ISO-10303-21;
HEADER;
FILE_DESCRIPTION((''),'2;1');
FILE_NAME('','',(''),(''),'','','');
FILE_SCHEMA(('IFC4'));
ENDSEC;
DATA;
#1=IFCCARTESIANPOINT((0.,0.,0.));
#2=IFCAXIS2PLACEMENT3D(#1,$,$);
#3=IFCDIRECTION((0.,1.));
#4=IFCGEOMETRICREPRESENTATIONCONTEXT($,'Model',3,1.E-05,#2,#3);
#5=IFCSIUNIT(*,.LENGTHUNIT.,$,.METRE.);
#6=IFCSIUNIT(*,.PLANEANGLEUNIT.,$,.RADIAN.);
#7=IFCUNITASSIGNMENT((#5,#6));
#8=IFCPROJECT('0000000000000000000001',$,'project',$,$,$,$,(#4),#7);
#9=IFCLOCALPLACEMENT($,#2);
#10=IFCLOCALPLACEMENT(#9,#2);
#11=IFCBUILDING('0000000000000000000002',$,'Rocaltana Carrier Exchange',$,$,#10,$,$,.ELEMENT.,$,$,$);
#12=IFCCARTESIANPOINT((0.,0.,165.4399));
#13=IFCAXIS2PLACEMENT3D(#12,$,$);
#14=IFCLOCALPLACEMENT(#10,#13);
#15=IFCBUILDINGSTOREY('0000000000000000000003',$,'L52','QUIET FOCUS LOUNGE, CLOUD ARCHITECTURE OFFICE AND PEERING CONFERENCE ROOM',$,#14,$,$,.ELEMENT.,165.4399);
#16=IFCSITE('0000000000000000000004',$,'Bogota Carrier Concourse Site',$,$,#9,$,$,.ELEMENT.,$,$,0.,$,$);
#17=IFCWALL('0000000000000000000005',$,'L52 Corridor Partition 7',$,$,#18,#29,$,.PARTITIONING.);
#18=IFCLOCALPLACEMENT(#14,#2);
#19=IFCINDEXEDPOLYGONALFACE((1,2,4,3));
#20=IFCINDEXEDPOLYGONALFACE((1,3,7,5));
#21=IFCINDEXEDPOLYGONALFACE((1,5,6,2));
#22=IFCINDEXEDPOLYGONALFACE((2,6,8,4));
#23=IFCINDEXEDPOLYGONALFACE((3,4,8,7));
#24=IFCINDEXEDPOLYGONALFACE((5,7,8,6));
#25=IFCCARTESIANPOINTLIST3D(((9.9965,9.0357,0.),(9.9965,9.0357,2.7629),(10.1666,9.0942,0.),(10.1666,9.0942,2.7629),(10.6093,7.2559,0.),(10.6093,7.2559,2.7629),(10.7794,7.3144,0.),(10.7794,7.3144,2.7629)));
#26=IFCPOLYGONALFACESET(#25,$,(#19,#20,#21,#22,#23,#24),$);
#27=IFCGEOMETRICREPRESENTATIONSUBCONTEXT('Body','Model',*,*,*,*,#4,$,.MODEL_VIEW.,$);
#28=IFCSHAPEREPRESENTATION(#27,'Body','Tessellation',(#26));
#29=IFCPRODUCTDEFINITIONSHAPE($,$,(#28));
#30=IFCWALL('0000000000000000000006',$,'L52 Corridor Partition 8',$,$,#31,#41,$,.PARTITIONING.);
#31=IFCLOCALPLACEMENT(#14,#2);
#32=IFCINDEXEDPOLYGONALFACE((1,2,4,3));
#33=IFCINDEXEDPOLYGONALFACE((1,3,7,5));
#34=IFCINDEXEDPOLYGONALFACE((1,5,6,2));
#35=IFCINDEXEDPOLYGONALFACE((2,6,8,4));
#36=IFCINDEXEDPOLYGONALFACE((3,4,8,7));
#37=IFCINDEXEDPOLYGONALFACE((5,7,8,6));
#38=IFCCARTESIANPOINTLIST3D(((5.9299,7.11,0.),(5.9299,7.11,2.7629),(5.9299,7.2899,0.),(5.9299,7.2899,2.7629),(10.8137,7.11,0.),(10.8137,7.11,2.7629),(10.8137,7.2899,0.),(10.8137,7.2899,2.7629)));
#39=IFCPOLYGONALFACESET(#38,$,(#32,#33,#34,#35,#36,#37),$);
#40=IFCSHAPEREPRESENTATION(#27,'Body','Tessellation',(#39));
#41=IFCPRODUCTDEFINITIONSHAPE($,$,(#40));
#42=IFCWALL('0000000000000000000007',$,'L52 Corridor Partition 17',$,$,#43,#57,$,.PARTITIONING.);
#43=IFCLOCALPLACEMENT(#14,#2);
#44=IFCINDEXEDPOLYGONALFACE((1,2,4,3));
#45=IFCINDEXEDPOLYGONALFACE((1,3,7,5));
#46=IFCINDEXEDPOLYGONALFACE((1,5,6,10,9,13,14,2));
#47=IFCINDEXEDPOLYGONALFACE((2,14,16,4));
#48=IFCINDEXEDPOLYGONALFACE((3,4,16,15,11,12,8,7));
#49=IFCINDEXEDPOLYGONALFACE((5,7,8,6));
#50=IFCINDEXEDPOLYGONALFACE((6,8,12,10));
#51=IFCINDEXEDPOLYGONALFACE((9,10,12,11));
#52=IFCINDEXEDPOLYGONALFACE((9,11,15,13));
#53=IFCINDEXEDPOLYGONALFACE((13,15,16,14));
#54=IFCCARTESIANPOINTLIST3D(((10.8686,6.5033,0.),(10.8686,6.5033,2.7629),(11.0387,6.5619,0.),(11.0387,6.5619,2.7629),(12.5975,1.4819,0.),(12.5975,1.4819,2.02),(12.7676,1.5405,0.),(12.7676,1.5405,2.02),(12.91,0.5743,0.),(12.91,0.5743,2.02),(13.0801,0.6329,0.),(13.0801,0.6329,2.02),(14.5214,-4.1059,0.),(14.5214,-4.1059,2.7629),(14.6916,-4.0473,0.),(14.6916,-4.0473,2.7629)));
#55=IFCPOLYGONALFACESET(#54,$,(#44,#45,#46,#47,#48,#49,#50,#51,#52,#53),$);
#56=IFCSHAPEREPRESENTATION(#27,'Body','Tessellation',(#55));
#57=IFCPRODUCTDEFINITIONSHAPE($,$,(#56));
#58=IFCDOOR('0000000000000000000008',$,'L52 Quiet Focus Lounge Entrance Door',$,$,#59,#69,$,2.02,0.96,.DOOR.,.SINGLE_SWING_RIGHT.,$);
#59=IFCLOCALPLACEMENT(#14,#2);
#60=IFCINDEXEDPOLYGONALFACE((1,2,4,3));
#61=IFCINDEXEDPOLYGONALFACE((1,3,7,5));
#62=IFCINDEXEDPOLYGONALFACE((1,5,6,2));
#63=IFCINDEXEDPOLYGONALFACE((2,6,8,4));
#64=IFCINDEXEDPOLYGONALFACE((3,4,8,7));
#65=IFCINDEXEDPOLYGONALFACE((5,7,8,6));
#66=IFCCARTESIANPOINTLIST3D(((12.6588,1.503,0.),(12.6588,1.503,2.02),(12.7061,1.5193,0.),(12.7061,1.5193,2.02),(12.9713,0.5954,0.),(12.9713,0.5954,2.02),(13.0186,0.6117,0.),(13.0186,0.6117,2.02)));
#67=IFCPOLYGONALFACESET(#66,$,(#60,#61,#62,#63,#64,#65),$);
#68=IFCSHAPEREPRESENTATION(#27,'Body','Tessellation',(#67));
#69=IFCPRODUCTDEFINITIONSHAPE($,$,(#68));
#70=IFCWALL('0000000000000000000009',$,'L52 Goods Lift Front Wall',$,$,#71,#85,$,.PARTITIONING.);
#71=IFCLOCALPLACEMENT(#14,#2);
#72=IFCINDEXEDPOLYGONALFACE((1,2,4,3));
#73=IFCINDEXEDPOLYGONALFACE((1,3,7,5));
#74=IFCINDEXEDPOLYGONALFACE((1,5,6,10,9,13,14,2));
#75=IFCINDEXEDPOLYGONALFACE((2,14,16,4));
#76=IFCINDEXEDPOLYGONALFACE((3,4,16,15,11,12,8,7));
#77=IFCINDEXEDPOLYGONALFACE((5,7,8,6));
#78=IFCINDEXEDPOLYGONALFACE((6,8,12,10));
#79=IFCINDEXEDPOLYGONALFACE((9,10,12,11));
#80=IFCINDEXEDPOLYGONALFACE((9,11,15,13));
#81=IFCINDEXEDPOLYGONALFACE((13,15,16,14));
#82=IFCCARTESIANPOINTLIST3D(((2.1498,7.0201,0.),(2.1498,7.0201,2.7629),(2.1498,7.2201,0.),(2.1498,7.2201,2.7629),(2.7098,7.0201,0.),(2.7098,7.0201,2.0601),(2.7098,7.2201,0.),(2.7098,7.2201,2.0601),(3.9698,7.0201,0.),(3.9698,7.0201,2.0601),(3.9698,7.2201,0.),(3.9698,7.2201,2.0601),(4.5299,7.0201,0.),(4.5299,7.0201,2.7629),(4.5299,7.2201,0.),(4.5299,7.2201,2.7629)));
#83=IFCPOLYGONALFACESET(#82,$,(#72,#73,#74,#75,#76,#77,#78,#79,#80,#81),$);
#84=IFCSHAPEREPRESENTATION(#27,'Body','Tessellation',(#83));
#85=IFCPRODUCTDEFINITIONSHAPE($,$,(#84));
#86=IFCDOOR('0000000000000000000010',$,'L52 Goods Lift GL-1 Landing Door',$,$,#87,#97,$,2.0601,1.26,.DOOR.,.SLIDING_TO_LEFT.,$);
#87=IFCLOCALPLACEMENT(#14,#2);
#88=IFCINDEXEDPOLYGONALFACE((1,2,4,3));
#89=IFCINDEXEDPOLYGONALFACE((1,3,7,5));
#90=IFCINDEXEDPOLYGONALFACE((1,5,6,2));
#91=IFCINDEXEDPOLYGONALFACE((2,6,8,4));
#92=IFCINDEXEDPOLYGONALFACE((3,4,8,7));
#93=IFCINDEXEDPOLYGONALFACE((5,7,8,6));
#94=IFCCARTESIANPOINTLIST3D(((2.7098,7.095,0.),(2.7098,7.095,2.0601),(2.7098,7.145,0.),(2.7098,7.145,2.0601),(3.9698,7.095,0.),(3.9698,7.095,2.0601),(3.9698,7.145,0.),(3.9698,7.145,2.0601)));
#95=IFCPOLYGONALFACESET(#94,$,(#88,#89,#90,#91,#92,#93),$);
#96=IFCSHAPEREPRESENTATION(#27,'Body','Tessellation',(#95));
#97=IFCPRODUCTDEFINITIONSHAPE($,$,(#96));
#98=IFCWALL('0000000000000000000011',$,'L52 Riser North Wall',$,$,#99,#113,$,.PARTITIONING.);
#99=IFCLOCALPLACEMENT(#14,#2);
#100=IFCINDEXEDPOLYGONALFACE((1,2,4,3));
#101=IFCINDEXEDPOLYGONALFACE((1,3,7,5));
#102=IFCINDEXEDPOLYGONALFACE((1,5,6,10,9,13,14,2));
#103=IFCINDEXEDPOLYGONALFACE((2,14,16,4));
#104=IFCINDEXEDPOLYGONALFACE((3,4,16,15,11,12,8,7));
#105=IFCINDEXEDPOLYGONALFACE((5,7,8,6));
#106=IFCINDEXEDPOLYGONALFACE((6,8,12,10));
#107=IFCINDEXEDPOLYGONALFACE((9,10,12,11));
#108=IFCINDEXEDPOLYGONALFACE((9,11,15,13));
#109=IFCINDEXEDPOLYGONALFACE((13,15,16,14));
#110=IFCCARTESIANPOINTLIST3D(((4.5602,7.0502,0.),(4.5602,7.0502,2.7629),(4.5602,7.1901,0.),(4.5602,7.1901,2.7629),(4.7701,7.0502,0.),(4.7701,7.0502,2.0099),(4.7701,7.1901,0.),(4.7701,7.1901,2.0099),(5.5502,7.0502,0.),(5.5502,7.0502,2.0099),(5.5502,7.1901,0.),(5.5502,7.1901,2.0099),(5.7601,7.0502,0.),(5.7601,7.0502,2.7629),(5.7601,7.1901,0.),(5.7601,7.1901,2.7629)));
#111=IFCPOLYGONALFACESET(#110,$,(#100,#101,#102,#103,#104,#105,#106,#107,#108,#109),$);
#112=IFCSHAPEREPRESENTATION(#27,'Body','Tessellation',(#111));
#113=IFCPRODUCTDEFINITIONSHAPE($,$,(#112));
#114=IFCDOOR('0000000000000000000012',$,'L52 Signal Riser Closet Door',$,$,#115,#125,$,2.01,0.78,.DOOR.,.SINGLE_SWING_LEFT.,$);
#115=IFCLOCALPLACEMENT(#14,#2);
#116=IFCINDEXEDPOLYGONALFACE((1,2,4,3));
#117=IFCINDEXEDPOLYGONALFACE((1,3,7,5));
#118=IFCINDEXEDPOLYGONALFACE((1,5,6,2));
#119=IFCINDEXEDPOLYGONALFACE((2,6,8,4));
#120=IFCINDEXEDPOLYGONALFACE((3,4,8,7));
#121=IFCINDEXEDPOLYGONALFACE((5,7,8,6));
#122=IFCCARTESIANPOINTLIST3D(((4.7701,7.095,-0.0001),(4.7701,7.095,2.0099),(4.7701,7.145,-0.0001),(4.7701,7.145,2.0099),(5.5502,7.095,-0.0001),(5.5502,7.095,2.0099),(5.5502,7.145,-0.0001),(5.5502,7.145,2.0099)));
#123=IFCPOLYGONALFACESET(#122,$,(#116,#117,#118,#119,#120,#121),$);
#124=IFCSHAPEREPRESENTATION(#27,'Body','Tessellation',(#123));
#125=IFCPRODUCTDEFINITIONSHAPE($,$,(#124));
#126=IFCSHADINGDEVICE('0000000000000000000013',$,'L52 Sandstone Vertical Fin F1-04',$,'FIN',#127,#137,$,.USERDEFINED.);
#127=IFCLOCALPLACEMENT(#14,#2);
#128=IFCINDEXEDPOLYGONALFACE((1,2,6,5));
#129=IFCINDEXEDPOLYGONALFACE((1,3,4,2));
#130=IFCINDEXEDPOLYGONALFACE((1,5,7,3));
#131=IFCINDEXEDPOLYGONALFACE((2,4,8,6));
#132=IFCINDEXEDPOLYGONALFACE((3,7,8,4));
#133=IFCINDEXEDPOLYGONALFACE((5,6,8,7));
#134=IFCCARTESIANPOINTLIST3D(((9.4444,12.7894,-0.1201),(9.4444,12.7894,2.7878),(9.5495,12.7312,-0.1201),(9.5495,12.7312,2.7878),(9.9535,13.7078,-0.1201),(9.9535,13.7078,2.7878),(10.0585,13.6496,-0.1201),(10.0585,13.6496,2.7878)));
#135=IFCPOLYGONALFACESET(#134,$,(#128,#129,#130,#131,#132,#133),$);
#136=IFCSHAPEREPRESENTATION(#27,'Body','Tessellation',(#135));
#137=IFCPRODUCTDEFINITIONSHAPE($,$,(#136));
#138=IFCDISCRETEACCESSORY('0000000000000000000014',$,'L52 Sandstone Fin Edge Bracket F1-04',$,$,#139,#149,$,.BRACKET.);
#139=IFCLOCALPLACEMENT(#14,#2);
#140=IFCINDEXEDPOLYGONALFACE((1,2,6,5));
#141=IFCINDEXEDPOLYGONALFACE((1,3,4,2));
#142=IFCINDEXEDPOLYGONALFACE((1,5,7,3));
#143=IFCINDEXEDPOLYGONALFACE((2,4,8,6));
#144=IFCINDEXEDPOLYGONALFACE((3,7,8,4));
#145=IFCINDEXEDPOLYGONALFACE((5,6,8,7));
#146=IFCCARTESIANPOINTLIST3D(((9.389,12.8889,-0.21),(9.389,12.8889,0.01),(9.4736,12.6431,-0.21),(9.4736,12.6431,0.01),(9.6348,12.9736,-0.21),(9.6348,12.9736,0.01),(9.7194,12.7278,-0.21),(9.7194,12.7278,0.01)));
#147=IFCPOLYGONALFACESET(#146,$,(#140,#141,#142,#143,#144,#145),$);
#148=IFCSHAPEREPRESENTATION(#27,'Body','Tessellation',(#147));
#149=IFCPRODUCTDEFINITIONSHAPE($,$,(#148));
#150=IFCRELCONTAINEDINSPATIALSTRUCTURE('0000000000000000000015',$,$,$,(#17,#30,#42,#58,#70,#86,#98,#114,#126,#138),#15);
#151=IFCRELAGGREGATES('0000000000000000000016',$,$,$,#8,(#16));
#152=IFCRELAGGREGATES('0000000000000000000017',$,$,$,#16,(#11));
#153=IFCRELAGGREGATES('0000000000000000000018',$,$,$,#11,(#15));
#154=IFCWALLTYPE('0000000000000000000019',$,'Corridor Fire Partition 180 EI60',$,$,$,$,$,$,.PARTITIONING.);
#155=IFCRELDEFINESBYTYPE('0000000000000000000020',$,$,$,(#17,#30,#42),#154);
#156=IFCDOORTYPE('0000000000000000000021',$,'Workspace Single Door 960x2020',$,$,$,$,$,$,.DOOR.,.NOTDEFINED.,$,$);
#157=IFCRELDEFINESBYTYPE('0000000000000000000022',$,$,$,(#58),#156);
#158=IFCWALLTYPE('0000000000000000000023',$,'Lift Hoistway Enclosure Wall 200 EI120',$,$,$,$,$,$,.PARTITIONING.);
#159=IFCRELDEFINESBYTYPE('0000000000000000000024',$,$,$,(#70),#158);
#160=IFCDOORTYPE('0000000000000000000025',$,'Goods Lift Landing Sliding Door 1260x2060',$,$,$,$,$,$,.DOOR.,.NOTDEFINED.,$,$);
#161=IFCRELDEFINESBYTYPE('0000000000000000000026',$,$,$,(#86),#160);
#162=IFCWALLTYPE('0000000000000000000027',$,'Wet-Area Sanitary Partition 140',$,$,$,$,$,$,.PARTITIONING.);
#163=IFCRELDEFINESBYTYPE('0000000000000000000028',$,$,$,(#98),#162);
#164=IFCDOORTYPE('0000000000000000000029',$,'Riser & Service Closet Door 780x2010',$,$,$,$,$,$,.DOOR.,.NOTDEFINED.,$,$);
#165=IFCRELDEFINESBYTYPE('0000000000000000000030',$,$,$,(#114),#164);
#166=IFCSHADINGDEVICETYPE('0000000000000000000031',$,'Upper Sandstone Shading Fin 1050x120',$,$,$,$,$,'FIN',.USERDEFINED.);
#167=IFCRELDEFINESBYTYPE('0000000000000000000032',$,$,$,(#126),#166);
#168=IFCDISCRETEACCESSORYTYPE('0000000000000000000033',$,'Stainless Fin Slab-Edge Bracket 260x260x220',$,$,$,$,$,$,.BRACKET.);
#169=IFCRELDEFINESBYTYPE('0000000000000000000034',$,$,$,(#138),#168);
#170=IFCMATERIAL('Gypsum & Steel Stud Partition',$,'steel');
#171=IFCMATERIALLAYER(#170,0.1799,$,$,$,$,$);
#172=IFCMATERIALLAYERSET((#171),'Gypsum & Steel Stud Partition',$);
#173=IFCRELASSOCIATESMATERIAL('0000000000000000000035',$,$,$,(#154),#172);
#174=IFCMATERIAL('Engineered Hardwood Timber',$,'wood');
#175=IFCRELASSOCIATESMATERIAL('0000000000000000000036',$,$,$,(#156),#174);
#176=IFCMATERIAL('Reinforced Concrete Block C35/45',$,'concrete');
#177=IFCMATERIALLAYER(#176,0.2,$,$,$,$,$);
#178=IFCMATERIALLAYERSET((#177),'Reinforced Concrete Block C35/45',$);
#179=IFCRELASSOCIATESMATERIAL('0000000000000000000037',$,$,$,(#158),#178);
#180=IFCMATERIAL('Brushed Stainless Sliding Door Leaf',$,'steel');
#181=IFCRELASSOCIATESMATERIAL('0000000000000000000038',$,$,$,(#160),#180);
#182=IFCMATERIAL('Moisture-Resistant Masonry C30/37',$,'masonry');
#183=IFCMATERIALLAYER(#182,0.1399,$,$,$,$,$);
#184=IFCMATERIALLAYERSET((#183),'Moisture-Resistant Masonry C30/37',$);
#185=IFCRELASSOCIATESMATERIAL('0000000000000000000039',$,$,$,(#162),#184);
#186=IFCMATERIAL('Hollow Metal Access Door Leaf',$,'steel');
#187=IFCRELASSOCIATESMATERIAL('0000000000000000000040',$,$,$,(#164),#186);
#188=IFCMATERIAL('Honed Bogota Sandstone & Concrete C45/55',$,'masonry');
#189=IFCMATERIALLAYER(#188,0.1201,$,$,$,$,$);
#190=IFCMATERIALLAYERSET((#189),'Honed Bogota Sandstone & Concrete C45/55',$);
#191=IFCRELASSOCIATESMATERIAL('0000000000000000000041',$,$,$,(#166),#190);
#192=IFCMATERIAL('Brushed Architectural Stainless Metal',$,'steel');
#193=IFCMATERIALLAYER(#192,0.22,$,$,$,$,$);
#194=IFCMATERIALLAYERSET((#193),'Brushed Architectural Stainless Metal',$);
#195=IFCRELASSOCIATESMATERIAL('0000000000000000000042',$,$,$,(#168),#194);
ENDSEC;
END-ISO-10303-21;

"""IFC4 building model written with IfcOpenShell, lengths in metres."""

from ifc_helpers import new_model, si_unit, direction, frame, frame_2d, origin, origin_2d, place, context, subcontext, project, spatial, rectangle, extrude, material, layer, layer_set, type_object, element, fill, save


model = new_model("IFC4")

# Units and contexts
model_context = context("Model", 3, precision=1e-05, world=origin(), true_north=direction((0.0, 1.0)))
body_context = subcontext(model_context, "Body", "Model", "MODEL_VIEW")
ifc_project = project(units=[si_unit("LENGTHUNIT", "METRE"), si_unit("PLANEANGLEUNIT", "RADIAN")], contexts=[model_context])

# Site, building, storey
site_placement = place(None, origin())
site = spatial("IfcSite", under=ifc_project, at=site_placement, Name="Bogota Carrier Concourse Site", CompositionType="ELEMENT", RefElevation=0.0)
building_placement = place(site_placement, origin())
building = spatial("IfcBuilding", under=site, at=building_placement, Name="Rocaltana Carrier Exchange", CompositionType="ELEMENT")
storey_placement = place(building_placement, frame((0.0, 0.0, 165.4399)))
storey = spatial("IfcBuildingStorey", under=building, at=storey_placement, Name="L52", Description="QUIET FOCUS LOUNGE, CLOUD ARCHITECTURE OFFICE AND PEERING CONFERENCE ROOM", CompositionType="ELEMENT", Elevation=165.4399)

# Walls
ifc_material_1 = material(Name="Gypsum & Steel Stud Partition", Category="steel")
ifc_layer_1 = layer(ifc_material_1, 0.1799)
ifc_layer_set_1 = layer_set([ifc_layer_1], Name="Gypsum & Steel Stud Partition")
wall_type_1 = type_object("IfcWallType", Name="Corridor Fire Partition 180 EI60", PredefinedType="PARTITIONING", material=ifc_layer_set_1)
wall_1_placement = place(storey_placement, frame((10.0815, 9.0649, 0.0), z_axis=(0.0, 0.0, 1.0), x_axis=(0.325551, -0.945524, 0.0)))
element("IfcWall", 1, at=wall_1_placement, inside=storey, type_object=wall_type_1, Name="L52 Corridor Partition 7", PredefinedType="PARTITIONING", context=body_context, shape_type="SweptSolid", body=[
    extrude(rectangle(XDim=1.8823, YDim=0.1799, at=frame_2d((0.9412, 0.0))), origin(), (0.0, 0.0, 1.0), 2.7629),
])
wall_2_placement = place(storey_placement, frame((10.8137, 7.2, 0.0), z_axis=(0.0, 0.0, 1.0), x_axis=(-1.0, 0.0, 0.0)))
element("IfcWall", 2, at=wall_2_placement, inside=storey, type_object=wall_type_1, Name="L52 Corridor Partition 8", PredefinedType="PARTITIONING", context=body_context, shape_type="SweptSolid", body=[
    extrude(rectangle(XDim=4.8838, YDim=0.1799, at=frame_2d((2.4419, 0.0))), origin(), (0.0, 0.0, 1.0), 2.7629),
])

# Walls, openings, doors
wall_3_placement = place(storey_placement, frame((10.9536, 6.5327, 0.0), z_axis=(0.0, 0.0, 1.0), x_axis=(0.325553, -0.945524, 0.0)))
wall_3 = element("IfcWall", 3, at=wall_3_placement, inside=storey, type_object=wall_type_1, Name="L52 Corridor Partition 17", PredefinedType="PARTITIONING", context=body_context, shape_type="SweptSolid", body=[
    extrude(rectangle(XDim=11.2205, YDim=0.1799, at=frame_2d((5.6104, 0.0))), origin(), (0.0, 0.0, 1.0), 2.7629),
])
opening_1_placement = place(wall_3_placement, frame((5.3108, 0.0, 0.0)))
opening_1 = element("IfcOpeningElement", 4, at=opening_1_placement, cuts=wall_3, PredefinedType="OPENING", context=body_context, shape_type="SweptSolid", body=[
    extrude(rectangle(XDim=0.96, YDim=2.02, at=frame_2d((0.48, 1.01))), frame((0.0, 0.0999, 0.0), z_axis=(0.0, -1.0, 0.0), x_axis=(1.0, 0.0, 0.0)), (0.0, 0.0, 1.0), 0.2),
])
ifc_material_2 = material(Name="Engineered Hardwood Timber", Category="wood")
door_type_1 = type_object("IfcDoorType", Name="Workspace Single Door 960x2020", OperationType="NOTDEFINED", PredefinedType="DOOR", material=ifc_material_2)
door_1_placement = place(opening_1_placement, origin())
door_1 = element("IfcDoor", 5, at=door_1_placement, inside=storey, type_object=door_type_1, Name="L52 Quiet Focus Lounge Entrance Door", OperationType="SINGLE_SWING_RIGHT", OverallHeight=2.02, OverallWidth=0.96, PredefinedType="DOOR", context=body_context, shape_type="SweptSolid", body=[
    extrude(rectangle(XDim=0.96, YDim=2.02, at=frame_2d((0.48, 1.01))), frame((0.0, 0.0249, 0.0), z_axis=(0.0, -1.0, 0.0), x_axis=(1.0, 0.0, 0.0)), (0.0, 0.0, 1.0), 0.05),
])
fill(opening_1, door_1)
ifc_material_3 = material(Name="Reinforced Concrete Block C35/45", Category="concrete")
ifc_layer_2 = layer(ifc_material_3, 0.2)
ifc_layer_set_2 = layer_set([ifc_layer_2], Name="Reinforced Concrete Block C35/45")
wall_type_2 = type_object("IfcWallType", Name="Lift Hoistway Enclosure Wall 200 EI120", PredefinedType="PARTITIONING", material=ifc_layer_set_2)
wall_4_placement = place(storey_placement, frame((2.1499, 7.1201, 0.0), z_axis=(0.0, 0.0, 1.0), x_axis=(1.0, 0.0, 0.0)))
wall_4 = element("IfcWall", 6, at=wall_4_placement, inside=storey, type_object=wall_type_2, Name="L52 Goods Lift Front Wall", PredefinedType="PARTITIONING", context=body_context, shape_type="SweptSolid", body=[
    extrude(rectangle(XDim=2.3801, YDim=0.2, at=frame_2d((1.1899, 0.0))), origin(), (0.0, 0.0, 1.0), 2.7629),
])
opening_2_placement = place(wall_4_placement, frame((0.5601, 0.0, 0.0)))
opening_2 = element("IfcOpeningElement", 7, at=opening_2_placement, cuts=wall_4, PredefinedType="OPENING", context=body_context, shape_type="SweptSolid", body=[
    extrude(rectangle(XDim=1.26, YDim=2.0601, at=frame_2d((0.6299, 1.03))), frame((0.0, 0.1099, 0.0), z_axis=(0.0, -1.0, 0.0), x_axis=(1.0, 0.0, 0.0)), (0.0, 0.0, 1.0), 0.22),
])
ifc_material_4 = material(Name="Brushed Stainless Sliding Door Leaf", Category="steel")
door_type_2 = type_object("IfcDoorType", Name="Goods Lift Landing Sliding Door 1260x2060", OperationType="NOTDEFINED", PredefinedType="DOOR", material=ifc_material_4)
door_2_placement = place(opening_2_placement, origin())
door_2 = element("IfcDoor", 8, at=door_2_placement, inside=storey, type_object=door_type_2, Name="L52 Goods Lift GL-1 Landing Door", OperationType="SLIDING_TO_LEFT", OverallHeight=2.0601, OverallWidth=1.26, PredefinedType="DOOR", context=body_context, shape_type="SweptSolid", body=[
    extrude(rectangle(XDim=1.26, YDim=2.0601, at=frame_2d((0.6299, 1.03))), frame((0.0, 0.0249, 0.0), z_axis=(0.0, -1.0, 0.0), x_axis=(1.0, 0.0, 0.0)), (0.0, 0.0, 1.0), 0.05),
])
fill(opening_2, door_2)
ifc_material_5 = material(Name="Moisture-Resistant Masonry C30/37", Category="masonry")
ifc_layer_3 = layer(ifc_material_5, 0.1399)
ifc_layer_set_3 = layer_set([ifc_layer_3], Name="Moisture-Resistant Masonry C30/37")
wall_type_3 = type_object("IfcWallType", Name="Wet-Area Sanitary Partition 140", PredefinedType="PARTITIONING", material=ifc_layer_set_3)
wall_5_placement = place(storey_placement, frame((4.5601, 7.1201, 0.0), z_axis=(0.0, 0.0, 1.0), x_axis=(1.0, 0.0, 0.0)))
wall_5 = element("IfcWall", 9, at=wall_5_placement, inside=storey, type_object=wall_type_3, Name="L52 Riser North Wall", PredefinedType="PARTITIONING", context=body_context, shape_type="SweptSolid", body=[
    extrude(rectangle(XDim=1.2, YDim=0.1399, at=frame_2d((0.6001, 0.0))), origin(), (0.0, 0.0, 1.0), 2.7629),
])
opening_3_placement = place(wall_5_placement, frame((0.21, 0.0, 0.0)))
opening_3 = element("IfcOpeningElement", 10, at=opening_3_placement, cuts=wall_5, PredefinedType="OPENING", context=body_context, shape_type="SweptSolid", body=[
    extrude(rectangle(XDim=0.78, YDim=2.01, at=frame_2d((0.3901, 1.0049))), frame((0.0, 0.0798, 0.0), z_axis=(0.0, -1.0, 0.0), x_axis=(1.0, 0.0, 0.0)), (0.0, 0.0, 1.0), 0.1599),
])
ifc_material_6 = material(Name="Hollow Metal Access Door Leaf", Category="steel")
door_type_3 = type_object("IfcDoorType", Name="Riser & Service Closet Door 780x2010", OperationType="NOTDEFINED", PredefinedType="DOOR", material=ifc_material_6)
door_3_placement = place(opening_3_placement, origin())
door_3 = element("IfcDoor", 11, at=door_3_placement, inside=storey, type_object=door_type_3, Name="L52 Signal Riser Closet Door", OperationType="SINGLE_SWING_LEFT", OverallHeight=2.01, OverallWidth=0.78, PredefinedType="DOOR", context=body_context, shape_type="SweptSolid", body=[
    extrude(rectangle(XDim=0.78, YDim=2.01, at=frame_2d((0.3901, 1.0049))), frame((0.0, 0.0249, 0.0), z_axis=(0.0, -1.0, 0.0), x_axis=(1.0, 0.0, 0.0)), (0.0, 0.0, 1.0), 0.05),
])
fill(opening_3, door_3)

# Shading device
ifc_material_7 = material(Name="Honed Bogota Sandstone & Concrete C45/55", Category="masonry")
ifc_layer_4 = layer(ifc_material_7, 0.1201)
ifc_layer_set_4 = layer_set([ifc_layer_4], Name="Honed Bogota Sandstone & Concrete C45/55")
shading_device_type = type_object("IfcShadingDeviceType", Name="Upper Sandstone Shading Fin 1050x120", ElementType="FIN", PredefinedType="USERDEFINED", material=ifc_layer_set_4)
shading_device_placement = place(storey_placement, frame((9.7515, 13.2195, -0.1201), z_axis=(0.0, 0.0, 1.0), x_axis=(0.48481, 0.87462, 0.0)))
element("IfcShadingDevice", 12, at=shading_device_placement, inside=storey, type_object=shading_device_type, Name="L52 Sandstone Vertical Fin F1-04", ObjectType="FIN", PredefinedType="USERDEFINED", context=body_context, shape_type="SweptSolid", body=[
    extrude(rectangle(XDim=1.05, YDim=0.1201, at=origin_2d()), origin(), (0.0, 0.0, 1.0), 2.908),
])

# Discrete accessory
ifc_material_8 = material(Name="Brushed Architectural Stainless Metal", Category="steel")
ifc_layer_5 = layer(ifc_material_8, 0.22)
ifc_layer_set_5 = layer_set([ifc_layer_5], Name="Brushed Architectural Stainless Metal")
discrete_accessory_type = type_object("IfcDiscreteAccessoryType", Name="Stainless Fin Slab-Edge Bracket 260x260x220", PredefinedType="BRACKET", material=ifc_layer_set_5)
discrete_accessory_placement = place(storey_placement, frame((9.5542, 12.8083, -0.21), z_axis=(0.0, 0.0, 1.0), x_axis=(-0.325568, 0.945519, 0.0)))
element("IfcDiscreteAccessory", 13, at=discrete_accessory_placement, inside=storey, type_object=discrete_accessory_type, Name="L52 Sandstone Fin Edge Bracket F1-04", PredefinedType="BRACKET", context=body_context, shape_type="SweptSolid", body=[
    extrude(rectangle(XDim=0.26, YDim=0.26, at=origin_2d()), origin(), (0.0, 0.0, 1.0), 0.22),
])

save(model, "model.ifc")
